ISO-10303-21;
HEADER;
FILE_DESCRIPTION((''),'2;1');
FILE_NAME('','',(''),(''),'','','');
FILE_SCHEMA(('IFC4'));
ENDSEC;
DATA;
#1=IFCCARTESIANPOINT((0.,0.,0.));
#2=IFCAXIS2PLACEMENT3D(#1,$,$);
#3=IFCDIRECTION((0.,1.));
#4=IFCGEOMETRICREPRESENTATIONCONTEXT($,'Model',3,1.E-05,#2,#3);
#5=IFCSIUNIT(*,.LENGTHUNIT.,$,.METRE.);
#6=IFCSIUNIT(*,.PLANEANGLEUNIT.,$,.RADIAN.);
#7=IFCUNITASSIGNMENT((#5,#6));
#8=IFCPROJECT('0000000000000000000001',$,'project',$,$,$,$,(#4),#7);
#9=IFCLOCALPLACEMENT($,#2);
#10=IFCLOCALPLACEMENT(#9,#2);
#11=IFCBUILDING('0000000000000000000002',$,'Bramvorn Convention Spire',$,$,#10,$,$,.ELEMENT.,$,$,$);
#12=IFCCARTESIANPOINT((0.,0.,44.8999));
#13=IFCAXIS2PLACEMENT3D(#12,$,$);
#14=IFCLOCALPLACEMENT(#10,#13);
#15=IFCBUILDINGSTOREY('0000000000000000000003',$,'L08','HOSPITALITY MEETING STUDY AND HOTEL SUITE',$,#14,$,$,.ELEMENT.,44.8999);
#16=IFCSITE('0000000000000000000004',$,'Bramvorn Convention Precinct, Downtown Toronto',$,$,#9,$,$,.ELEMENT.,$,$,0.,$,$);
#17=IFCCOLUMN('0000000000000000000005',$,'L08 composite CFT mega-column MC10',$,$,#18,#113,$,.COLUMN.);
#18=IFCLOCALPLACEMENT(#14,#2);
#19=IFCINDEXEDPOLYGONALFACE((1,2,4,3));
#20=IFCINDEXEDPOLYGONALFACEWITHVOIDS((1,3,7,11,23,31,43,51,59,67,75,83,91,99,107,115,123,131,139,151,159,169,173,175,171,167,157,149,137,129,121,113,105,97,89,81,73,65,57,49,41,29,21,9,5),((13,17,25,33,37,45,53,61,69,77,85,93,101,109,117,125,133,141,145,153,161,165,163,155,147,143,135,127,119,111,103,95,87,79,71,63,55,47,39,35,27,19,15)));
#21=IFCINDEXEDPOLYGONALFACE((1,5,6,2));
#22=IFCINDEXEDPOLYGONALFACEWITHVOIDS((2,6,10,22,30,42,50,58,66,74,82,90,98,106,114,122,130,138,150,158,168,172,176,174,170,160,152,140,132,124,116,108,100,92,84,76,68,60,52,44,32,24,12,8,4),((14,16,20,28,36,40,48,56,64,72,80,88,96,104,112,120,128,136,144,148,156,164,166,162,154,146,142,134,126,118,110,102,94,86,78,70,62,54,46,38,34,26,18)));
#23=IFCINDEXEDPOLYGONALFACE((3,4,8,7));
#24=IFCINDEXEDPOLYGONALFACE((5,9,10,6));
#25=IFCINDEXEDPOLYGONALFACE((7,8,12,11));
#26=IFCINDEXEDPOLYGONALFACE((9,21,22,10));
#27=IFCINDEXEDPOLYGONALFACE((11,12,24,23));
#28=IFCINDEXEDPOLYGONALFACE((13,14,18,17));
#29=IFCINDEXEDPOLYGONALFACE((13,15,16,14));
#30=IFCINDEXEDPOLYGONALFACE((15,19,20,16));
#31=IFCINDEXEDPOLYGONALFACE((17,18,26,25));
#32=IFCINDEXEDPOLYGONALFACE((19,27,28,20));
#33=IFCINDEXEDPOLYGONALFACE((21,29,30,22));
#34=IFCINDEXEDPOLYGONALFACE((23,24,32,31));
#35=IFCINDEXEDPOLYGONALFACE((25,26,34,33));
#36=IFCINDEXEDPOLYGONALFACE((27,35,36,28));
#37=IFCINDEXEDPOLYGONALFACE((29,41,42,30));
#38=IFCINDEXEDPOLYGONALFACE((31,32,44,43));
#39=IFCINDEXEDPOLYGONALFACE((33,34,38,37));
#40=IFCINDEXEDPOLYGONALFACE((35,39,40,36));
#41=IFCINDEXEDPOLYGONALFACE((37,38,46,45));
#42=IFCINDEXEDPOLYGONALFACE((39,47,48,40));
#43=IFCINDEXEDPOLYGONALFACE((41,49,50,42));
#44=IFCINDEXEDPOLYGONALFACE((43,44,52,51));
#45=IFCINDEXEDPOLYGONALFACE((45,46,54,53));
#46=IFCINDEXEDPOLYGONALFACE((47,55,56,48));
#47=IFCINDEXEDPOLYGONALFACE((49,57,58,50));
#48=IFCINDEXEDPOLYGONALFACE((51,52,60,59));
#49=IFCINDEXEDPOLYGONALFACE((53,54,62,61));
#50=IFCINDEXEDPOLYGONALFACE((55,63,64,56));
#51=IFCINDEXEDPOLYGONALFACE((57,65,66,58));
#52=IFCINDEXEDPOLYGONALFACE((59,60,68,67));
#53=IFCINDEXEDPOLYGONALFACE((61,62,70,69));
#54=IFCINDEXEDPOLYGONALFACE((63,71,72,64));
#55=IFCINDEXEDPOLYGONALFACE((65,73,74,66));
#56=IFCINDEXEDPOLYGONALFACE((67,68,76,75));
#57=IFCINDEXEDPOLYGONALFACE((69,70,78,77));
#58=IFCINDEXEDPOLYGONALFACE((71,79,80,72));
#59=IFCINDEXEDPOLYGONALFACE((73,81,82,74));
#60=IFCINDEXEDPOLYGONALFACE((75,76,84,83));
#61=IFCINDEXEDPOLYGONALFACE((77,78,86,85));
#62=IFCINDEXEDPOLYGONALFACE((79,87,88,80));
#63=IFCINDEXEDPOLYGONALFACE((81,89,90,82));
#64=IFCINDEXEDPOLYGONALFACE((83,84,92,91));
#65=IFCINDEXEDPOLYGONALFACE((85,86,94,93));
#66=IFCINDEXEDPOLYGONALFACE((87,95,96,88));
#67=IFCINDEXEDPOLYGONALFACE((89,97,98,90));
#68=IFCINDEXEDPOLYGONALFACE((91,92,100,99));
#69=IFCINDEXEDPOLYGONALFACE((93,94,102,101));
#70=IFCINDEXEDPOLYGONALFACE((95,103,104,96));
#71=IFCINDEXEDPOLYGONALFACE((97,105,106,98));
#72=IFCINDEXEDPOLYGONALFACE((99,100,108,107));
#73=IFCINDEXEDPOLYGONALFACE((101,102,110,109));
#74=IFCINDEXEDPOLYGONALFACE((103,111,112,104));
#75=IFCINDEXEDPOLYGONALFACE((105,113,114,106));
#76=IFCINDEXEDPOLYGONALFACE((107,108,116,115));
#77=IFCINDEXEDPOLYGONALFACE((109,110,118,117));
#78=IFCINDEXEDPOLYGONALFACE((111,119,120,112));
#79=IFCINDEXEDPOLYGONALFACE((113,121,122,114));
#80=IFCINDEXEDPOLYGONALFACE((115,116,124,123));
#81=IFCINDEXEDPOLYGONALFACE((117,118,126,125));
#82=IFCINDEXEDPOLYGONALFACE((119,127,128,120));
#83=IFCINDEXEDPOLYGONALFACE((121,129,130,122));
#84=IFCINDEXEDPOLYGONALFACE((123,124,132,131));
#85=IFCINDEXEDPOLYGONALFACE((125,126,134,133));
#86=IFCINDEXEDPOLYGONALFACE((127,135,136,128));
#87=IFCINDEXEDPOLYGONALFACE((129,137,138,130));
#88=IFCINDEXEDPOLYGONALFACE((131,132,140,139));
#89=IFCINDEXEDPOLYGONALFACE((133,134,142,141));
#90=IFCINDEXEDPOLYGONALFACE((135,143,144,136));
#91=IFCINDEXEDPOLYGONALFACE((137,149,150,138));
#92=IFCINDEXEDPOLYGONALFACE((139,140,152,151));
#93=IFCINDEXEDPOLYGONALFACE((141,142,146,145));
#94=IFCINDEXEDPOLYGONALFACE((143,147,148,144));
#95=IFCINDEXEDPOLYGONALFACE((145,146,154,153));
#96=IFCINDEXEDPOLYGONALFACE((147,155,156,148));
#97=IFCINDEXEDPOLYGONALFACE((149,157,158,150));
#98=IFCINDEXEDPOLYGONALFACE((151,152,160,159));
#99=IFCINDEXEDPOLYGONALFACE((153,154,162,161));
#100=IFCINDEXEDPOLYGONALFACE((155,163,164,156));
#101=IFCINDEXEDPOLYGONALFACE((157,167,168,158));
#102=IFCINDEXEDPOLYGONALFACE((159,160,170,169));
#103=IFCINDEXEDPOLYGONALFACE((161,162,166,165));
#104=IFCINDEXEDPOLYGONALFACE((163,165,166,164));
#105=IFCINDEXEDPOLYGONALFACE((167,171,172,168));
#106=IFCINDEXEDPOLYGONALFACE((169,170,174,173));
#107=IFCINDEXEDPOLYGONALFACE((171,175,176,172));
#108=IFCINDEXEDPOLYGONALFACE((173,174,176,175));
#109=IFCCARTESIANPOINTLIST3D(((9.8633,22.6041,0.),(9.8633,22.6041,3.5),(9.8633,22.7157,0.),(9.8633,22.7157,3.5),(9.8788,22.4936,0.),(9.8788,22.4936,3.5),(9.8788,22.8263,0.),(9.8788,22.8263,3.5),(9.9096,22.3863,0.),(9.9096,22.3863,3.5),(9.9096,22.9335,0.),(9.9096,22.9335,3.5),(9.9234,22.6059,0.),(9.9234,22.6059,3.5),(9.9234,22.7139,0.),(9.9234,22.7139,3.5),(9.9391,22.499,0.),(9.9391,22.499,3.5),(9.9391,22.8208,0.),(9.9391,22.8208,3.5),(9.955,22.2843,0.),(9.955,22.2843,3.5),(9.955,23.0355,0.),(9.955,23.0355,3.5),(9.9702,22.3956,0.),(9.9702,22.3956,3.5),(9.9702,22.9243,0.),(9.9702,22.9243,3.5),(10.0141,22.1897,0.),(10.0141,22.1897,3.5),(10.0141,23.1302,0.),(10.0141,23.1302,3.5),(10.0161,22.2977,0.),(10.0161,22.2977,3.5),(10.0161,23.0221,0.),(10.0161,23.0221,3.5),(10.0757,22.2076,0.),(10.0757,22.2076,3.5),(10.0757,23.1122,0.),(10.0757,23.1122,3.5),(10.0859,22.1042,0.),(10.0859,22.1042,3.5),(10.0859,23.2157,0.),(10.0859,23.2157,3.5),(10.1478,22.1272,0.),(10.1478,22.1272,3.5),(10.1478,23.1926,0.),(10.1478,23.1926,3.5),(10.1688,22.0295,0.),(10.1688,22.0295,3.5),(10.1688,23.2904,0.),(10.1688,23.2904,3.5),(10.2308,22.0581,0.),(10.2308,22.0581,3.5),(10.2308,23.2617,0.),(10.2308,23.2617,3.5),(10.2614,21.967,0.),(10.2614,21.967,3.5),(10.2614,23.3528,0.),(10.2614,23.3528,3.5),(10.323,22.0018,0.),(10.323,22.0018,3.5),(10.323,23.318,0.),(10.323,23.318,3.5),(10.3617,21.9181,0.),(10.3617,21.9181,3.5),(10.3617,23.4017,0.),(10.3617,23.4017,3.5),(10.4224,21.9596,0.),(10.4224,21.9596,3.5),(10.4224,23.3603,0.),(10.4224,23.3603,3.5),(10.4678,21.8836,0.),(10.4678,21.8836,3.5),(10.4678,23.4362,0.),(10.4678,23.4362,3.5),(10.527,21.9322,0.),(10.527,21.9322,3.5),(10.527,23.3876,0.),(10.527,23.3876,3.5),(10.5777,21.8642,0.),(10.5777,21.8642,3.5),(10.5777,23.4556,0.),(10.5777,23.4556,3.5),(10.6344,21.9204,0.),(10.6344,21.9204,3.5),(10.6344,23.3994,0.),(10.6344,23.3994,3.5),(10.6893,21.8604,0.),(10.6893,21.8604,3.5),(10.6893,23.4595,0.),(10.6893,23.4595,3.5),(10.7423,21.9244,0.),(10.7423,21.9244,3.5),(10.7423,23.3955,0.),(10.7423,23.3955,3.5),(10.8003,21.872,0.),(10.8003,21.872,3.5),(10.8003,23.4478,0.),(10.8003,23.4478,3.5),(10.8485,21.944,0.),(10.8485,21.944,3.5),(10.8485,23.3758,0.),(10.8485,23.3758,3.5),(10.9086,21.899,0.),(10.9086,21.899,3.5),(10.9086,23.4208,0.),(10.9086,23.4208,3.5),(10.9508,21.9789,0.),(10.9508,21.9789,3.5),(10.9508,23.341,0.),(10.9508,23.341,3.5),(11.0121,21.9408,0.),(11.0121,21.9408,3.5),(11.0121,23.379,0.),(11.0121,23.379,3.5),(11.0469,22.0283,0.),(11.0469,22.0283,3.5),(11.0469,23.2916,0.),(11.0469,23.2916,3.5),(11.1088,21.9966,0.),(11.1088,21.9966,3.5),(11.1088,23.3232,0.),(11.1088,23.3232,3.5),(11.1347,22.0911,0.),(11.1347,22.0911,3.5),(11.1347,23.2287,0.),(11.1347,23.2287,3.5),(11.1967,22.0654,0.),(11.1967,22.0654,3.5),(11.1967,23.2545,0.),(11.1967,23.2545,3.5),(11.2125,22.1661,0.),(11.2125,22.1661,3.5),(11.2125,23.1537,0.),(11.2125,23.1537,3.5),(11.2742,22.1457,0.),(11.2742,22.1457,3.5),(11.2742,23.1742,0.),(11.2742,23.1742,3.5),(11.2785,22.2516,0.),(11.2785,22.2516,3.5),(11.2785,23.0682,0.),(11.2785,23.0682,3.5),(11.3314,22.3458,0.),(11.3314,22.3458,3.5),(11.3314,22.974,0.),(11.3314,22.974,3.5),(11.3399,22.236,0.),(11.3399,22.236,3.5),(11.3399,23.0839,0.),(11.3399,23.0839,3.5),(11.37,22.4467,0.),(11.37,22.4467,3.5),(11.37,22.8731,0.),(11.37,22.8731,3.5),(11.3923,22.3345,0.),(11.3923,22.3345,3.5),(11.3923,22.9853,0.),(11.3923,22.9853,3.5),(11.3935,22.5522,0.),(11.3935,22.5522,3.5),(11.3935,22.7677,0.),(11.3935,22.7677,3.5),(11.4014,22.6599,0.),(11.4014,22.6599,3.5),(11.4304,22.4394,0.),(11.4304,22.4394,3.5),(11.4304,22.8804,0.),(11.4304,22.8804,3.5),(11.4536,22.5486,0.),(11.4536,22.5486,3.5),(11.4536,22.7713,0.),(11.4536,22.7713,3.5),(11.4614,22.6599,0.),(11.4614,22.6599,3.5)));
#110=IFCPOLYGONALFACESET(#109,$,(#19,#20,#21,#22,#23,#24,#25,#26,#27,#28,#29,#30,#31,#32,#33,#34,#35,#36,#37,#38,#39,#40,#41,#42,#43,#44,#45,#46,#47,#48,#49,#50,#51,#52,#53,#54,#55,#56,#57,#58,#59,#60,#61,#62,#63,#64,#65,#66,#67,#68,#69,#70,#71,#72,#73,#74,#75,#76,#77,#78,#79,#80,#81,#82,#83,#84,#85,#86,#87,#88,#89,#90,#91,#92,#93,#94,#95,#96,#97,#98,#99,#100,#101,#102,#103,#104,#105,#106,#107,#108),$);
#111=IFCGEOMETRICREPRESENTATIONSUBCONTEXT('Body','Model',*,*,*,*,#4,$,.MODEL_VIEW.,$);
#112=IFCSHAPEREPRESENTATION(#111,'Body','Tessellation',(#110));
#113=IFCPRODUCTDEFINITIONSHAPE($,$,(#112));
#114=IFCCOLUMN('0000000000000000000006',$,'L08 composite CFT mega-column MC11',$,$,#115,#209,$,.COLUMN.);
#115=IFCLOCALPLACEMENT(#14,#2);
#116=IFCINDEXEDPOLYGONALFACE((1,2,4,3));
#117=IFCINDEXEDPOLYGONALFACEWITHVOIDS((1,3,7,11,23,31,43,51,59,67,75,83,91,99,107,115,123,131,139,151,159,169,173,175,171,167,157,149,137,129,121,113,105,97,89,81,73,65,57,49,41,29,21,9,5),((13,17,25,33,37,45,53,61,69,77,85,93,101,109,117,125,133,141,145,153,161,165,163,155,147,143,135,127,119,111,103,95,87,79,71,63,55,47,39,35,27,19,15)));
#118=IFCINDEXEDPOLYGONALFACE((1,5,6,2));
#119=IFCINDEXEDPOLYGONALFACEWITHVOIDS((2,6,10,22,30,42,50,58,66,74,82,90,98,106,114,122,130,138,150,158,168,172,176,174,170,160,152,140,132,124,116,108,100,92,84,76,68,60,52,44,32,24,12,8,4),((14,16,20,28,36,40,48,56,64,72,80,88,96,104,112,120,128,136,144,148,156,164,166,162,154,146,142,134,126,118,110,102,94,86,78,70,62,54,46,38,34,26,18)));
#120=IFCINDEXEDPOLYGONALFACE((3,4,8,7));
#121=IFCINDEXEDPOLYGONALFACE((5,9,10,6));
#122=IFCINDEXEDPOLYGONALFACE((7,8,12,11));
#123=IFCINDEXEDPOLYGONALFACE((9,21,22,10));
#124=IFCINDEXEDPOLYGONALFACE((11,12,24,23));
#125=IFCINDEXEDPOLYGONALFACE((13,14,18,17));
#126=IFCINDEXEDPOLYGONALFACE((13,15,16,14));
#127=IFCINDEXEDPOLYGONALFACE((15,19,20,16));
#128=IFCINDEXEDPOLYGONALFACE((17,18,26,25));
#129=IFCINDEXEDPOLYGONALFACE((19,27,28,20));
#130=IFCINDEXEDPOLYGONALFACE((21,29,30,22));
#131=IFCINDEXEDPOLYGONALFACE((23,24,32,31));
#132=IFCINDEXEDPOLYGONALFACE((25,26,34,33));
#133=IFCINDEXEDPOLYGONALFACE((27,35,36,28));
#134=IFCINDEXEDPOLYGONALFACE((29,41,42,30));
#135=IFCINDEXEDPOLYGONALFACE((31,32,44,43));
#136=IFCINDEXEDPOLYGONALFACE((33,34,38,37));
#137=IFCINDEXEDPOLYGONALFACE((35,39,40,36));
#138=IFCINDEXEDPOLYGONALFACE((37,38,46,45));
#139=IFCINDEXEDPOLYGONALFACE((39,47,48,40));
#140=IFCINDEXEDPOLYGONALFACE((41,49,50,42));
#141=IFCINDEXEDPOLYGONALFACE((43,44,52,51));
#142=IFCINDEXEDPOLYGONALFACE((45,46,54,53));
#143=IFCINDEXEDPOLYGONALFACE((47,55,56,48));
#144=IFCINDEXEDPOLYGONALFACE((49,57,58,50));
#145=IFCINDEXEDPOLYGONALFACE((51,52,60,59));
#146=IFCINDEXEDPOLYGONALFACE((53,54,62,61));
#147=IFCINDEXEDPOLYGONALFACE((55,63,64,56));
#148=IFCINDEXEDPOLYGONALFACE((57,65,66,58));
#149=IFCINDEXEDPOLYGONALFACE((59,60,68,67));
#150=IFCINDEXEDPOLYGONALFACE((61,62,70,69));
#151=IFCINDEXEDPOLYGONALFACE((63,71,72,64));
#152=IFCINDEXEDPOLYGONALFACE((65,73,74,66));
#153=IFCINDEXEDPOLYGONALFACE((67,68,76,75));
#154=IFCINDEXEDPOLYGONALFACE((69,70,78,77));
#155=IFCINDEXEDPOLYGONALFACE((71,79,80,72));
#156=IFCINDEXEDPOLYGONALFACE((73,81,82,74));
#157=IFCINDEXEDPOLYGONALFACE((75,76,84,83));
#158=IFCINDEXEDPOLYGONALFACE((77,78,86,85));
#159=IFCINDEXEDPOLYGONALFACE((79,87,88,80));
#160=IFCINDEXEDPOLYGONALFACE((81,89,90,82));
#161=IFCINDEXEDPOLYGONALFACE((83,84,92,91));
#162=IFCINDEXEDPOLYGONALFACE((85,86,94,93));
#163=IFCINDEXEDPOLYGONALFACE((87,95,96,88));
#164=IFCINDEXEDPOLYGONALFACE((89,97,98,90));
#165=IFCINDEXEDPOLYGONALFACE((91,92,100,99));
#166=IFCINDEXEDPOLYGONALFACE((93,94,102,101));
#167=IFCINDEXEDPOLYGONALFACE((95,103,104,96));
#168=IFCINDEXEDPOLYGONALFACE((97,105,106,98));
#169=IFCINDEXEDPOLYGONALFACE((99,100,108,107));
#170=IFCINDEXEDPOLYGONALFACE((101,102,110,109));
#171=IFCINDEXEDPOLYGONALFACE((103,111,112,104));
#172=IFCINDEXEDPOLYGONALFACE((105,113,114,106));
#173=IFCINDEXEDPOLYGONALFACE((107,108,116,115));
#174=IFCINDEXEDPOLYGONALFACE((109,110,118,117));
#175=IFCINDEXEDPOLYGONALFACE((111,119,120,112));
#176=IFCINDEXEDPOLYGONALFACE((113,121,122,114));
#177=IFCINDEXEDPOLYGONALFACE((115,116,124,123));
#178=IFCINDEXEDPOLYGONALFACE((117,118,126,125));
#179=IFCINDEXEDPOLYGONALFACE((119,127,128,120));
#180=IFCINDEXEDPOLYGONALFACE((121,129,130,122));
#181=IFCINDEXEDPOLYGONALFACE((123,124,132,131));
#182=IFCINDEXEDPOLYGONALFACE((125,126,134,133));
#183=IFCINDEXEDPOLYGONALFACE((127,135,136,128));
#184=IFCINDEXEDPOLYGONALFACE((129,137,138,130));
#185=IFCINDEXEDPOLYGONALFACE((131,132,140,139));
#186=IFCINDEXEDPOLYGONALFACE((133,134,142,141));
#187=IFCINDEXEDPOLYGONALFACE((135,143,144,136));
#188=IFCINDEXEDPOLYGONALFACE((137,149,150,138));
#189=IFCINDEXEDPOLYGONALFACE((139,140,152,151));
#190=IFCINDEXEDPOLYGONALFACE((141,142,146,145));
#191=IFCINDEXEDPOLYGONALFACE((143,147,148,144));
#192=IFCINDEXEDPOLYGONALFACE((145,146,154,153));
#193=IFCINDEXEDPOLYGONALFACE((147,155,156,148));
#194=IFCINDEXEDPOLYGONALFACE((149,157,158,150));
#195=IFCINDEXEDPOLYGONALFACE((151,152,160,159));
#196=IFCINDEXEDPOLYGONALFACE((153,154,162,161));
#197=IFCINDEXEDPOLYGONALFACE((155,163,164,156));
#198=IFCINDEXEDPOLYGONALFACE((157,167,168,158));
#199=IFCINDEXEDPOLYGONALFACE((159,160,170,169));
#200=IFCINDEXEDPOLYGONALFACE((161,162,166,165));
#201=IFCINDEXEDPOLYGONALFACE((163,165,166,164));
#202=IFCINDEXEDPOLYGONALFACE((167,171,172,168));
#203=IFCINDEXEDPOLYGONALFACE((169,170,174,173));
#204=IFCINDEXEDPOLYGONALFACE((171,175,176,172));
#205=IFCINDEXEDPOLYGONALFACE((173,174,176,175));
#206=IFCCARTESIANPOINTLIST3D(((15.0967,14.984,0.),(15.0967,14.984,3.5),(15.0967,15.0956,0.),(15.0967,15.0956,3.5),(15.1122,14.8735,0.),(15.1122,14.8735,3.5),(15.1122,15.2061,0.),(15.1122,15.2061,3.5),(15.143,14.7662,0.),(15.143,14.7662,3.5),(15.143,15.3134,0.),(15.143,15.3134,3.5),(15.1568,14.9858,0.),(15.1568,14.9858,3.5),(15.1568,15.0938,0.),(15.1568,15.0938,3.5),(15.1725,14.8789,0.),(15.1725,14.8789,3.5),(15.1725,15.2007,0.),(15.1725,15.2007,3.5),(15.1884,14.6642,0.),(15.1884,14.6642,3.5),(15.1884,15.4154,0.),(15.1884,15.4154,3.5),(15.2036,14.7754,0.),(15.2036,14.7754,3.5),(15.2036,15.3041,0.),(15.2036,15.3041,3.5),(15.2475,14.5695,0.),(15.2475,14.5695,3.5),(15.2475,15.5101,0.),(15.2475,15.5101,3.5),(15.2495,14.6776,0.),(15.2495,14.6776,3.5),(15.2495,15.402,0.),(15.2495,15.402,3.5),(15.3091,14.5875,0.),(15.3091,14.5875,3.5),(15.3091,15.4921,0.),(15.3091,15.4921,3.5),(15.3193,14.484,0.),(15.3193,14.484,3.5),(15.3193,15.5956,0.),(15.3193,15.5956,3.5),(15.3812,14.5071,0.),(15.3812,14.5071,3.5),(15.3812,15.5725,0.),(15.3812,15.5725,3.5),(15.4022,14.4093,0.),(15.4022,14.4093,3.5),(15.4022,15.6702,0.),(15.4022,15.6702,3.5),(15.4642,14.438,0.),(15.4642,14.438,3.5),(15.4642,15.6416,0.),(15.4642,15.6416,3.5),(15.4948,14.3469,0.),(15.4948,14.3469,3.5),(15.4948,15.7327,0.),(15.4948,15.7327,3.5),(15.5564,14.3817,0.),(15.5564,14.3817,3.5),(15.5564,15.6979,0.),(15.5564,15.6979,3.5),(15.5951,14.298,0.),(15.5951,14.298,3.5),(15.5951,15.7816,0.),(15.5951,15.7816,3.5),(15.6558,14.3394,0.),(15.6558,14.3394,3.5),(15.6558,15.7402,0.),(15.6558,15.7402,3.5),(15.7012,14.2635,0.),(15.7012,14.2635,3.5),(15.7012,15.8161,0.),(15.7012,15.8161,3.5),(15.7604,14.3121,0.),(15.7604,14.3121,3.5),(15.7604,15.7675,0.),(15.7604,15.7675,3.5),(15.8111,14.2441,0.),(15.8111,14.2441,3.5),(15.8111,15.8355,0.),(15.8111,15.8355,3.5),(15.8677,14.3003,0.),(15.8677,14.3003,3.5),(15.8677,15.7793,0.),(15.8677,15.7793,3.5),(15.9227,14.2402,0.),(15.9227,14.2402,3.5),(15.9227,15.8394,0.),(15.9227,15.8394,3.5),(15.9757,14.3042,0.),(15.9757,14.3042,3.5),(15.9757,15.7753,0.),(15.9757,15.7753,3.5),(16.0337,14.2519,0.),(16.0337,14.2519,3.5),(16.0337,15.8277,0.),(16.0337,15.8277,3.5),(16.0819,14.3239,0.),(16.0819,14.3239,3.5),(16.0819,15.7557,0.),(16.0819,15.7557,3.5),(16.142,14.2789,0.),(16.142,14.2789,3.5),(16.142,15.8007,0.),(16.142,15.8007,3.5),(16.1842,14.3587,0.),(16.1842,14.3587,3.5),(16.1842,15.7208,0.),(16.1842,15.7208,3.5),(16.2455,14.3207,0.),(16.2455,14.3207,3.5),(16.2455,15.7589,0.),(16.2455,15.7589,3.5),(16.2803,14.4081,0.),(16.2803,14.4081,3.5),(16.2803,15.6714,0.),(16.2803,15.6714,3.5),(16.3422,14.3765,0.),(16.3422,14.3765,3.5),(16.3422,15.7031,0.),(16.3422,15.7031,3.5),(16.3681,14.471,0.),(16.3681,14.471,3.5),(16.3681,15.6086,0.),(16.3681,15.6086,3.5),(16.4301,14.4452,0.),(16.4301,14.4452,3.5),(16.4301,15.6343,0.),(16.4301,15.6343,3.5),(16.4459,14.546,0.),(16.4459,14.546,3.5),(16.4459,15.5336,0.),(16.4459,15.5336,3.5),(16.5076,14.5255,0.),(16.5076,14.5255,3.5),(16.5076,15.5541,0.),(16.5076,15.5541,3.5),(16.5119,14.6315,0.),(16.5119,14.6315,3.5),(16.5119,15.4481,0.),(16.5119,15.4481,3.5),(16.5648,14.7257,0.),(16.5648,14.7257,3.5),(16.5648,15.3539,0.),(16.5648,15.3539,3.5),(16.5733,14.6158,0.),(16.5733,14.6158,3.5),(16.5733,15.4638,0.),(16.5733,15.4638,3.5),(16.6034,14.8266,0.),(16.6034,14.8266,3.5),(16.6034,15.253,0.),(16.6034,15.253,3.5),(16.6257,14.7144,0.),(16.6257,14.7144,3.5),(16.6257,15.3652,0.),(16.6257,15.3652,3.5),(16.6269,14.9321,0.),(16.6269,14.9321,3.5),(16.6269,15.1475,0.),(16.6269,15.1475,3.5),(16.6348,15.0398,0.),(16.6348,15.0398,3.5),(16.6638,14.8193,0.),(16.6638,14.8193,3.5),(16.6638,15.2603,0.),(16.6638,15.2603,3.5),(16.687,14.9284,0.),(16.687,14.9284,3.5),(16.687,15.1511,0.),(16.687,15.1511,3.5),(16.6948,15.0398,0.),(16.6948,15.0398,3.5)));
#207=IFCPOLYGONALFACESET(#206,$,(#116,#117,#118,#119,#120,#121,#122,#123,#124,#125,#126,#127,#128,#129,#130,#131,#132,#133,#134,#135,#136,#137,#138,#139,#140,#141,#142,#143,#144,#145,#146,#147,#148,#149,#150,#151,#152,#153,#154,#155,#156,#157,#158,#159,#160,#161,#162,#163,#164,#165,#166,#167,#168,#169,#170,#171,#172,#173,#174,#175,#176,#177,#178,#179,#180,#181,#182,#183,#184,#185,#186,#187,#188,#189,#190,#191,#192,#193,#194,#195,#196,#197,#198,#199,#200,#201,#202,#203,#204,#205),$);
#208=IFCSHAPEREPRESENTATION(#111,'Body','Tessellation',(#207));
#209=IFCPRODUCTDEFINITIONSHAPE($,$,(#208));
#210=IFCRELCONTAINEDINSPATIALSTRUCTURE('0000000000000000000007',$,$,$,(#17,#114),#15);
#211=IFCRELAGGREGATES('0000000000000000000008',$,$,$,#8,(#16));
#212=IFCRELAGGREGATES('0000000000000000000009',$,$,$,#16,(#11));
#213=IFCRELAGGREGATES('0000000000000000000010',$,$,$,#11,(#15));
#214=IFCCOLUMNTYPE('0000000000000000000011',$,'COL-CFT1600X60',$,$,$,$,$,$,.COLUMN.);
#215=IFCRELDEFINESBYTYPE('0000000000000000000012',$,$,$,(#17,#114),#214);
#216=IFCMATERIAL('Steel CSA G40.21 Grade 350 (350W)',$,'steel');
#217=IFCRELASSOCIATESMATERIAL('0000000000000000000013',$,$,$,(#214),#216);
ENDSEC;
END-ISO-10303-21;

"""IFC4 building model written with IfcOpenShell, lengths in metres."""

from ifc_helpers import new_model, si_unit, direction, frame, origin, origin_2d, place, context, subcontext, project, spatial, hollow_circle, extrude, material, material_profile, profile_set, type_object, element, save


model = new_model("IFC4")

# Units and contexts
model_context = context("Model", 3, precision=1e-05, world=origin(), true_north=direction((0.0, 1.0)))
body_context = subcontext(model_context, "Body", "Model", "MODEL_VIEW")
ifc_project = project(units=[si_unit("LENGTHUNIT", "METRE"), si_unit("PLANEANGLEUNIT", "RADIAN")], contexts=[model_context])

# Site, building, storey
site_placement = place(None, origin())
site = spatial("IfcSite", under=ifc_project, at=site_placement, Name="Bramvorn Convention Precinct, Downtown Toronto", CompositionType="ELEMENT", RefElevation=0.0)
building_placement = place(site_placement, origin())
building = spatial("IfcBuilding", under=site, at=building_placement, Name="Bramvorn Convention Spire", CompositionType="ELEMENT")
storey_placement = place(building_placement, frame((0.0, 0.0, 44.8999)))
storey = spatial("IfcBuildingStorey", under=building, at=storey_placement, Name="L08", Description="HOSPITALITY MEETING STUDY AND HOTEL SUITE", CompositionType="ELEMENT", Elevation=44.8999)

# Columns
ifc_material_1 = material(Name="Steel CSA G40.21 Grade 350 (350W)", Category="steel")
ifc_material_profile_1 = material_profile(ifc_material_1, hollow_circle(Radius=0.8, WallThickness=0.0601, at=origin_2d()))
ifc_profile_set_1 = profile_set([ifc_material_profile_1], Name="Steel CSA G40.21 Grade 350 (350W) - CFT1600X60")
column_type = type_object("IfcColumnType", Name="COL-CFT1600X60", PredefinedType="COLUMN", material=ifc_profile_set_1)
for number, where, z_axis, x_axis, name in (
    (1, (10.6614, 22.6599, 0.0), (0.0, 0.0, 1.0), (1.0, 0.0, 0.0), "L08 composite CFT mega-column MC10"),
    (2, (15.8948, 15.0398, 0.0), (0.0, 0.0, 1.0), (1.0, 0.0, 0.0), "L08 composite CFT mega-column MC11"),
):
    element("IfcColumn", number, at=place(storey_placement, frame(where, z_axis=z_axis, x_axis=x_axis)), inside=storey, type_object=column_type, Name=name, PredefinedType="COLUMN", context=body_context, shape_type="SweptSolid", body=[
        extrude(hollow_circle(Radius=0.8, WallThickness=0.0601, at=origin_2d()), origin(), (0.0, 0.0, 1.0), 3.5),
    ])

save(model, "model.ifc")
